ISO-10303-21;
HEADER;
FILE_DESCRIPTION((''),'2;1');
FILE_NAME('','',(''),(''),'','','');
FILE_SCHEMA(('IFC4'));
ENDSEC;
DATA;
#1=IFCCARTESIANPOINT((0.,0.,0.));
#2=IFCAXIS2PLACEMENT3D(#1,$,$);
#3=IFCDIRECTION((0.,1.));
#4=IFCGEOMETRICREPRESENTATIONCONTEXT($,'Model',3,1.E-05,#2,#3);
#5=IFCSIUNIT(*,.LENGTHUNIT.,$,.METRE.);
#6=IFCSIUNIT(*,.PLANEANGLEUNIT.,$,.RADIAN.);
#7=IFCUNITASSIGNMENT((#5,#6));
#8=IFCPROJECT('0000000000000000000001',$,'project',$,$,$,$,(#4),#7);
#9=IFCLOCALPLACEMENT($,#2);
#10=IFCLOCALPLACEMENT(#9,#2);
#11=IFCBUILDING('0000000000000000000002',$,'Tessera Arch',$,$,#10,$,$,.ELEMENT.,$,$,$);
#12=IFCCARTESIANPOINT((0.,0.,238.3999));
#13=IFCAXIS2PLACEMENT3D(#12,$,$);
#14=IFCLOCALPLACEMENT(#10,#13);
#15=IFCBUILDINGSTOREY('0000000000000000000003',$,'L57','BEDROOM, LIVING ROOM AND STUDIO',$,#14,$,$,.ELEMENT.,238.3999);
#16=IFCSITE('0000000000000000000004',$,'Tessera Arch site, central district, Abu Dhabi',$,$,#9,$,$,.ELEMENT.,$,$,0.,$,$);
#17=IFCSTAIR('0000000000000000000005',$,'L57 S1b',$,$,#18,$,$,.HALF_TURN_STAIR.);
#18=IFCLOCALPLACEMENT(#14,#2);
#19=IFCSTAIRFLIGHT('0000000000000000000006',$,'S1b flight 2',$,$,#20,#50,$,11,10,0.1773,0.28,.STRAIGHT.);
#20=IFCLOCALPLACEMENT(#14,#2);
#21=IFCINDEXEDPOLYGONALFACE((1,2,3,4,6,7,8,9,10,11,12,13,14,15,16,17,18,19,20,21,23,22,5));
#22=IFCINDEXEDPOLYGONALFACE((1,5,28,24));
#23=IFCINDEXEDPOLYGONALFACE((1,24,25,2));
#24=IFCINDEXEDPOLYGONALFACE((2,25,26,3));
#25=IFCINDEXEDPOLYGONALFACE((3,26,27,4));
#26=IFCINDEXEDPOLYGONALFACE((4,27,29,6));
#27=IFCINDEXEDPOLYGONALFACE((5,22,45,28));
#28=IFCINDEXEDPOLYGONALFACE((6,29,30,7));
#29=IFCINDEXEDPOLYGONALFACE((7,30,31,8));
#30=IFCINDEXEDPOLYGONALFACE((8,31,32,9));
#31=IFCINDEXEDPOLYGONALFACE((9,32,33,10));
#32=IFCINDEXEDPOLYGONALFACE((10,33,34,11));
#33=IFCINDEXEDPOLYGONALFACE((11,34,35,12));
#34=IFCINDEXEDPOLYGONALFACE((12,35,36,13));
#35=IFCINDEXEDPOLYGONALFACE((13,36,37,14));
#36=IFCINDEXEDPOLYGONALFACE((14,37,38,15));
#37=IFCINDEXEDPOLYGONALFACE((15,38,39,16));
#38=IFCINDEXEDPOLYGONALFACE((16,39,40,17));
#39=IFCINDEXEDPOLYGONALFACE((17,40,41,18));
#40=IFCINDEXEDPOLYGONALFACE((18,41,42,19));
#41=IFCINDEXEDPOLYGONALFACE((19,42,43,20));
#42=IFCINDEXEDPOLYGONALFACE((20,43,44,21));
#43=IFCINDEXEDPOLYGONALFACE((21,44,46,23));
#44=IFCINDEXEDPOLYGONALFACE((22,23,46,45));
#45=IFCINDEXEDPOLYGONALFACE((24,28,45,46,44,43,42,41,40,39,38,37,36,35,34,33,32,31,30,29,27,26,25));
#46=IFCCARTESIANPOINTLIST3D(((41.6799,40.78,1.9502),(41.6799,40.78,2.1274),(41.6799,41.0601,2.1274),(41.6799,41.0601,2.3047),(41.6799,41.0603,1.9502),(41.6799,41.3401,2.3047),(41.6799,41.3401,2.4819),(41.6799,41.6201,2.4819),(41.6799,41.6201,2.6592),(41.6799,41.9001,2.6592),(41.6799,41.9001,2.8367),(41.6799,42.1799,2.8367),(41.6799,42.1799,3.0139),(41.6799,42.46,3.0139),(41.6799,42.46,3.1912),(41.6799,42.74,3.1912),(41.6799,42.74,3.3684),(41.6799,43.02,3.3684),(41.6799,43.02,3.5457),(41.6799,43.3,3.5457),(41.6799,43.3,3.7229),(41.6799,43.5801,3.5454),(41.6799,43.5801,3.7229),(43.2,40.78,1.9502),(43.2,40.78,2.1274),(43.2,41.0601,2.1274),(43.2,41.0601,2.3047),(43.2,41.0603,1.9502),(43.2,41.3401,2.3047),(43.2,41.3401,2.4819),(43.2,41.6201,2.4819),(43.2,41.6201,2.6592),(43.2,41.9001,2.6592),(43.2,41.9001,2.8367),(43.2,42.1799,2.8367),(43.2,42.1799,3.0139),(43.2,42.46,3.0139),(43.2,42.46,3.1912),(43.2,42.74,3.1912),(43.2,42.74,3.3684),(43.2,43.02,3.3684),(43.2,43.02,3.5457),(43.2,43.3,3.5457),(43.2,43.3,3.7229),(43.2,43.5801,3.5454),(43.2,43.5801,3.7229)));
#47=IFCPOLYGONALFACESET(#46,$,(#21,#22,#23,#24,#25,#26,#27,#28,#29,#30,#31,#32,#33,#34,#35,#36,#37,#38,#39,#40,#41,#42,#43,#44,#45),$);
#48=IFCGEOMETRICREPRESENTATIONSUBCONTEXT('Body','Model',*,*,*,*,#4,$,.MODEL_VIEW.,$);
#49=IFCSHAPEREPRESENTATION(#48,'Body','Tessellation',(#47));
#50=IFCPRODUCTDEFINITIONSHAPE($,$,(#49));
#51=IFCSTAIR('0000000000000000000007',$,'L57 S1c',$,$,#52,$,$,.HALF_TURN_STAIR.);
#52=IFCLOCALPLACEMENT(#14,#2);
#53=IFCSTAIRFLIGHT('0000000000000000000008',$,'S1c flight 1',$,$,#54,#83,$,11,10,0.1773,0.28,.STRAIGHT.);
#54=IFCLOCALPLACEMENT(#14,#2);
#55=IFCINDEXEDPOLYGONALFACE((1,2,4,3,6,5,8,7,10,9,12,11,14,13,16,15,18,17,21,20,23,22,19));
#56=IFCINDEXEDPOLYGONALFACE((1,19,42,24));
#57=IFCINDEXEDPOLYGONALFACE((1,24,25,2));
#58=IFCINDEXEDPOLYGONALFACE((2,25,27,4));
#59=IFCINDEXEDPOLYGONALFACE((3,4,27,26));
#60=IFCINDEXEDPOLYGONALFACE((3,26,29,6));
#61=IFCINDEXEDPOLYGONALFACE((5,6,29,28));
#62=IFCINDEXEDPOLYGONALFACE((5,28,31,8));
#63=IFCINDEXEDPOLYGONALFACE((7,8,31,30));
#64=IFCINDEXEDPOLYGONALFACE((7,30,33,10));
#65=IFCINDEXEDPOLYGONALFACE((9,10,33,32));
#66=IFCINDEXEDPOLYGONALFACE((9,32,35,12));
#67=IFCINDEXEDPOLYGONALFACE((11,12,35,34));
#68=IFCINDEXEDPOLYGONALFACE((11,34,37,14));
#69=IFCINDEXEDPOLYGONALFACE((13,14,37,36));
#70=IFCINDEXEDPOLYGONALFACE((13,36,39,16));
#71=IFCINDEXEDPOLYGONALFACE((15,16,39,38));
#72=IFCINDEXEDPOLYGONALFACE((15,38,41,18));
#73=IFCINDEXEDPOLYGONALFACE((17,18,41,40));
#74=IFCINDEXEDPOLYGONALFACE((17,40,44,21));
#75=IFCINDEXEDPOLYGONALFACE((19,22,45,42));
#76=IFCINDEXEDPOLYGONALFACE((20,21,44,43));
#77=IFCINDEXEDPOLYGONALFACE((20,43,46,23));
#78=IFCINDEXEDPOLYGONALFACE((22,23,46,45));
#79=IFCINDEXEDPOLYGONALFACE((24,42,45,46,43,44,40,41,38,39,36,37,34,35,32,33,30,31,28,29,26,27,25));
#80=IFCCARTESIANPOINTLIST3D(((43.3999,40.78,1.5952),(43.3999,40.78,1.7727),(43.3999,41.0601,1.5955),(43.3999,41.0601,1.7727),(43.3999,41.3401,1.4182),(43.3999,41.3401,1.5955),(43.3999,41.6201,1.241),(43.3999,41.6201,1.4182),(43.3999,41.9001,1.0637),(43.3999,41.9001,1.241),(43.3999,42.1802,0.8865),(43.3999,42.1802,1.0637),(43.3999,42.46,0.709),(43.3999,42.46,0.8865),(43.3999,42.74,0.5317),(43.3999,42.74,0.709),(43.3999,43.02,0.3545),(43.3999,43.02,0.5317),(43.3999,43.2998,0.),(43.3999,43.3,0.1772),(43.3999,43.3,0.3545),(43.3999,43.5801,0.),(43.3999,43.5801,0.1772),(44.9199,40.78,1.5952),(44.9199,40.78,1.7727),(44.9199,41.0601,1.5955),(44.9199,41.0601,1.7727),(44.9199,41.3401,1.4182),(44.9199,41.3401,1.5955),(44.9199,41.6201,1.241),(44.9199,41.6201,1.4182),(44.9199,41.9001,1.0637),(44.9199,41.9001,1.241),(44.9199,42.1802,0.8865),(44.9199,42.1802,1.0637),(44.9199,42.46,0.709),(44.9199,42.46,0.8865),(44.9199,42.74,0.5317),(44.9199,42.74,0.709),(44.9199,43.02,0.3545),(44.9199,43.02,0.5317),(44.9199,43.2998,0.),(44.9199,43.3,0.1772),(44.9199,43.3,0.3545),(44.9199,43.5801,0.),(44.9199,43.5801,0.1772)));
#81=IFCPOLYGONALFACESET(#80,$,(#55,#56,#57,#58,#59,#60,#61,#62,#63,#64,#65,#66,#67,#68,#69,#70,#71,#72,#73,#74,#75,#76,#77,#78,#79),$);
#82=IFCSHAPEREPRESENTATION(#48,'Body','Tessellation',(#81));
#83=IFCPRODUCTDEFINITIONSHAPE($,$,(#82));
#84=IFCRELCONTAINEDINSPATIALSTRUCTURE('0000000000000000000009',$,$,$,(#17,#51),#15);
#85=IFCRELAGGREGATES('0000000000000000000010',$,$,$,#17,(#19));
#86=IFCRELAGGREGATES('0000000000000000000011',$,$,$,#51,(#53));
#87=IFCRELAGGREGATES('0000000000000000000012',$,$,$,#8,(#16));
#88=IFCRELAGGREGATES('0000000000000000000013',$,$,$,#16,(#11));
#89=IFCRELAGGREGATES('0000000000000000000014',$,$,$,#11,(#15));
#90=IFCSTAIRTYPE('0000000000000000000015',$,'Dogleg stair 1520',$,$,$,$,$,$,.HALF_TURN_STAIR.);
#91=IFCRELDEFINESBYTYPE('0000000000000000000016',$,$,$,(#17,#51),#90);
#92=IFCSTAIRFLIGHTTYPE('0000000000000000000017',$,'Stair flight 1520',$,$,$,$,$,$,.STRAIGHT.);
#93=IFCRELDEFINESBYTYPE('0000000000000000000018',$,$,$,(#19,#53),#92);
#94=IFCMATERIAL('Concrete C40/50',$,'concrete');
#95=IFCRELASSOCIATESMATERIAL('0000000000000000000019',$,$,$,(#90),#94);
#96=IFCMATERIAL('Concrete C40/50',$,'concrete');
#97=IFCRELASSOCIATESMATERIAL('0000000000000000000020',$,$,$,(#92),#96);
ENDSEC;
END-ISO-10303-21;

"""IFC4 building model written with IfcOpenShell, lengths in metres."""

from ifc_helpers import new_model, si_unit, direction, frame, origin, place, context, subcontext, project, spatial, polyline, outline, extrude, material, type_object, element, aggregate, save


model = new_model("IFC4")

# Units and contexts
model_context = context("Model", 3, precision=1e-05, world=origin(), true_north=direction((0.0, 1.0)))
body_context = subcontext(model_context, "Body", "Model", "MODEL_VIEW")
ifc_project = project(units=[si_unit("LENGTHUNIT", "METRE"), si_unit("PLANEANGLEUNIT", "RADIAN")], contexts=[model_context])

# Site, building, storey
site_placement = place(None, origin())
site = spatial("IfcSite", under=ifc_project, at=site_placement, Name="Tessera Arch site, central district, Abu Dhabi", CompositionType="ELEMENT", RefElevation=0.0)
building_placement = place(site_placement, origin())
building = spatial("IfcBuilding", under=site, at=building_placement, Name="Tessera Arch", CompositionType="ELEMENT")
storey_placement = place(building_placement, frame((0.0, 0.0, 238.3999)))
storey = spatial("IfcBuildingStorey", under=building, at=storey_placement, Name="L57", Description="BEDROOM, LIVING ROOM AND STUDIO", CompositionType="ELEMENT", Elevation=238.3999)

# Stair, stair flight
ifc_material_1 = material(Name="Concrete C40/50", Category="concrete")
stair_type = type_object("IfcStairType", Name="Dogleg stair 1520", PredefinedType="HALF_TURN_STAIR", material=ifc_material_1)
ifc_material_2 = material(Name="Concrete C40/50", Category="concrete")
stair_flight_type = type_object("IfcStairFlightType", Name="Stair flight 1520", PredefinedType="STRAIGHT", material=ifc_material_2)
stair_1_placement = place(storey_placement, origin())
stair_1 = element("IfcStair", 1, at=stair_1_placement, inside=storey, type_object=stair_type, Name="L57 S1b", PredefinedType="HALF_TURN_STAIR")
stair_flight_1_placement = place(storey_placement, frame((42.4399, 40.78, 1.9502), z_axis=(0.0, 0.0, 1.0), x_axis=(0.0, 1.0, 0.0)))
stair_flight_1 = element("IfcStairFlight", 2, at=stair_flight_1_placement, type_object=stair_flight_type, Name="S1b flight 2", NumberOfRisers=11, NumberOfTreads=10, PredefinedType="STRAIGHT", RiserHeight=0.1773, TreadLength=0.28, context=body_context, shape_type="SweptSolid", body=[
    extrude(outline(polyline([(0.0, 0.0), (0.0, 0.1772), (0.28, 0.1772), (0.28, 0.3545), (0.5601, 0.3545), (0.5601, 0.5317), (0.8401, 0.5317), (0.8401, 0.709), (1.1201, 0.709), (1.1201, 0.8865), (1.3999, 0.8865), (1.3999, 1.0637), (1.6799, 1.0637), (1.6799, 1.241), (1.96, 1.241), (1.96, 1.4182), (2.24, 1.4182), (2.24, 1.5955), (2.52, 1.5955), (2.52, 1.7727), (2.8, 1.7727), (2.8, 1.95), (2.8, 1.5952), (0.2803, 0.0), (0.0, 0.0)])), frame((0.0, 0.76, 0.0), z_axis=(0.0, -1.0, 0.0), x_axis=(1.0, 0.0, 0.0)), (0.0, 0.0, 1.0), 1.52),
])
aggregate(stair_1, [stair_flight_1])

# Stair, stair flight
stair_2_placement = place(storey_placement, origin())
stair_2 = element("IfcStair", 3, at=stair_2_placement, inside=storey, type_object=stair_type, Name="L57 S1c", PredefinedType="HALF_TURN_STAIR")
stair_flight_2_placement = place(storey_placement, frame((44.1599, 43.5801, 0.0), z_axis=(0.0, 0.0, 1.0), x_axis=(0.0, -1.0, 0.0)))
stair_flight_2 = element("IfcStairFlight", 4, at=stair_flight_2_placement, type_object=stair_flight_type, Name="S1c flight 1", NumberOfRisers=11, NumberOfTreads=10, PredefinedType="STRAIGHT", RiserHeight=0.1773, TreadLength=0.28, context=body_context, shape_type="SweptSolid", body=[
    extrude(outline(polyline([(0.0, 0.0), (0.0, 0.1772), (0.28, 0.1772), (0.28, 0.3545), (0.5601, 0.3545), (0.5601, 0.5317), (0.8401, 0.5317), (0.8401, 0.709), (1.1201, 0.709), (1.1201, 0.8865), (1.3999, 0.8865), (1.3999, 1.0637), (1.6799, 1.0637), (1.6799, 1.241), (1.96, 1.241), (1.96, 1.4182), (2.24, 1.4182), (2.24, 1.5955), (2.52, 1.5955), (2.52, 1.7727), (2.8, 1.7727), (2.8, 1.95), (2.8, 1.5952), (0.2803, 0.0), (0.0, 0.0)])), frame((0.0, 0.76, 0.0), z_axis=(0.0, -1.0, 0.0), x_axis=(1.0, 0.0, 0.0)), (0.0, 0.0, 1.0), 1.52),
])
aggregate(stair_2, [stair_flight_2])

save(model, "model.ifc")
